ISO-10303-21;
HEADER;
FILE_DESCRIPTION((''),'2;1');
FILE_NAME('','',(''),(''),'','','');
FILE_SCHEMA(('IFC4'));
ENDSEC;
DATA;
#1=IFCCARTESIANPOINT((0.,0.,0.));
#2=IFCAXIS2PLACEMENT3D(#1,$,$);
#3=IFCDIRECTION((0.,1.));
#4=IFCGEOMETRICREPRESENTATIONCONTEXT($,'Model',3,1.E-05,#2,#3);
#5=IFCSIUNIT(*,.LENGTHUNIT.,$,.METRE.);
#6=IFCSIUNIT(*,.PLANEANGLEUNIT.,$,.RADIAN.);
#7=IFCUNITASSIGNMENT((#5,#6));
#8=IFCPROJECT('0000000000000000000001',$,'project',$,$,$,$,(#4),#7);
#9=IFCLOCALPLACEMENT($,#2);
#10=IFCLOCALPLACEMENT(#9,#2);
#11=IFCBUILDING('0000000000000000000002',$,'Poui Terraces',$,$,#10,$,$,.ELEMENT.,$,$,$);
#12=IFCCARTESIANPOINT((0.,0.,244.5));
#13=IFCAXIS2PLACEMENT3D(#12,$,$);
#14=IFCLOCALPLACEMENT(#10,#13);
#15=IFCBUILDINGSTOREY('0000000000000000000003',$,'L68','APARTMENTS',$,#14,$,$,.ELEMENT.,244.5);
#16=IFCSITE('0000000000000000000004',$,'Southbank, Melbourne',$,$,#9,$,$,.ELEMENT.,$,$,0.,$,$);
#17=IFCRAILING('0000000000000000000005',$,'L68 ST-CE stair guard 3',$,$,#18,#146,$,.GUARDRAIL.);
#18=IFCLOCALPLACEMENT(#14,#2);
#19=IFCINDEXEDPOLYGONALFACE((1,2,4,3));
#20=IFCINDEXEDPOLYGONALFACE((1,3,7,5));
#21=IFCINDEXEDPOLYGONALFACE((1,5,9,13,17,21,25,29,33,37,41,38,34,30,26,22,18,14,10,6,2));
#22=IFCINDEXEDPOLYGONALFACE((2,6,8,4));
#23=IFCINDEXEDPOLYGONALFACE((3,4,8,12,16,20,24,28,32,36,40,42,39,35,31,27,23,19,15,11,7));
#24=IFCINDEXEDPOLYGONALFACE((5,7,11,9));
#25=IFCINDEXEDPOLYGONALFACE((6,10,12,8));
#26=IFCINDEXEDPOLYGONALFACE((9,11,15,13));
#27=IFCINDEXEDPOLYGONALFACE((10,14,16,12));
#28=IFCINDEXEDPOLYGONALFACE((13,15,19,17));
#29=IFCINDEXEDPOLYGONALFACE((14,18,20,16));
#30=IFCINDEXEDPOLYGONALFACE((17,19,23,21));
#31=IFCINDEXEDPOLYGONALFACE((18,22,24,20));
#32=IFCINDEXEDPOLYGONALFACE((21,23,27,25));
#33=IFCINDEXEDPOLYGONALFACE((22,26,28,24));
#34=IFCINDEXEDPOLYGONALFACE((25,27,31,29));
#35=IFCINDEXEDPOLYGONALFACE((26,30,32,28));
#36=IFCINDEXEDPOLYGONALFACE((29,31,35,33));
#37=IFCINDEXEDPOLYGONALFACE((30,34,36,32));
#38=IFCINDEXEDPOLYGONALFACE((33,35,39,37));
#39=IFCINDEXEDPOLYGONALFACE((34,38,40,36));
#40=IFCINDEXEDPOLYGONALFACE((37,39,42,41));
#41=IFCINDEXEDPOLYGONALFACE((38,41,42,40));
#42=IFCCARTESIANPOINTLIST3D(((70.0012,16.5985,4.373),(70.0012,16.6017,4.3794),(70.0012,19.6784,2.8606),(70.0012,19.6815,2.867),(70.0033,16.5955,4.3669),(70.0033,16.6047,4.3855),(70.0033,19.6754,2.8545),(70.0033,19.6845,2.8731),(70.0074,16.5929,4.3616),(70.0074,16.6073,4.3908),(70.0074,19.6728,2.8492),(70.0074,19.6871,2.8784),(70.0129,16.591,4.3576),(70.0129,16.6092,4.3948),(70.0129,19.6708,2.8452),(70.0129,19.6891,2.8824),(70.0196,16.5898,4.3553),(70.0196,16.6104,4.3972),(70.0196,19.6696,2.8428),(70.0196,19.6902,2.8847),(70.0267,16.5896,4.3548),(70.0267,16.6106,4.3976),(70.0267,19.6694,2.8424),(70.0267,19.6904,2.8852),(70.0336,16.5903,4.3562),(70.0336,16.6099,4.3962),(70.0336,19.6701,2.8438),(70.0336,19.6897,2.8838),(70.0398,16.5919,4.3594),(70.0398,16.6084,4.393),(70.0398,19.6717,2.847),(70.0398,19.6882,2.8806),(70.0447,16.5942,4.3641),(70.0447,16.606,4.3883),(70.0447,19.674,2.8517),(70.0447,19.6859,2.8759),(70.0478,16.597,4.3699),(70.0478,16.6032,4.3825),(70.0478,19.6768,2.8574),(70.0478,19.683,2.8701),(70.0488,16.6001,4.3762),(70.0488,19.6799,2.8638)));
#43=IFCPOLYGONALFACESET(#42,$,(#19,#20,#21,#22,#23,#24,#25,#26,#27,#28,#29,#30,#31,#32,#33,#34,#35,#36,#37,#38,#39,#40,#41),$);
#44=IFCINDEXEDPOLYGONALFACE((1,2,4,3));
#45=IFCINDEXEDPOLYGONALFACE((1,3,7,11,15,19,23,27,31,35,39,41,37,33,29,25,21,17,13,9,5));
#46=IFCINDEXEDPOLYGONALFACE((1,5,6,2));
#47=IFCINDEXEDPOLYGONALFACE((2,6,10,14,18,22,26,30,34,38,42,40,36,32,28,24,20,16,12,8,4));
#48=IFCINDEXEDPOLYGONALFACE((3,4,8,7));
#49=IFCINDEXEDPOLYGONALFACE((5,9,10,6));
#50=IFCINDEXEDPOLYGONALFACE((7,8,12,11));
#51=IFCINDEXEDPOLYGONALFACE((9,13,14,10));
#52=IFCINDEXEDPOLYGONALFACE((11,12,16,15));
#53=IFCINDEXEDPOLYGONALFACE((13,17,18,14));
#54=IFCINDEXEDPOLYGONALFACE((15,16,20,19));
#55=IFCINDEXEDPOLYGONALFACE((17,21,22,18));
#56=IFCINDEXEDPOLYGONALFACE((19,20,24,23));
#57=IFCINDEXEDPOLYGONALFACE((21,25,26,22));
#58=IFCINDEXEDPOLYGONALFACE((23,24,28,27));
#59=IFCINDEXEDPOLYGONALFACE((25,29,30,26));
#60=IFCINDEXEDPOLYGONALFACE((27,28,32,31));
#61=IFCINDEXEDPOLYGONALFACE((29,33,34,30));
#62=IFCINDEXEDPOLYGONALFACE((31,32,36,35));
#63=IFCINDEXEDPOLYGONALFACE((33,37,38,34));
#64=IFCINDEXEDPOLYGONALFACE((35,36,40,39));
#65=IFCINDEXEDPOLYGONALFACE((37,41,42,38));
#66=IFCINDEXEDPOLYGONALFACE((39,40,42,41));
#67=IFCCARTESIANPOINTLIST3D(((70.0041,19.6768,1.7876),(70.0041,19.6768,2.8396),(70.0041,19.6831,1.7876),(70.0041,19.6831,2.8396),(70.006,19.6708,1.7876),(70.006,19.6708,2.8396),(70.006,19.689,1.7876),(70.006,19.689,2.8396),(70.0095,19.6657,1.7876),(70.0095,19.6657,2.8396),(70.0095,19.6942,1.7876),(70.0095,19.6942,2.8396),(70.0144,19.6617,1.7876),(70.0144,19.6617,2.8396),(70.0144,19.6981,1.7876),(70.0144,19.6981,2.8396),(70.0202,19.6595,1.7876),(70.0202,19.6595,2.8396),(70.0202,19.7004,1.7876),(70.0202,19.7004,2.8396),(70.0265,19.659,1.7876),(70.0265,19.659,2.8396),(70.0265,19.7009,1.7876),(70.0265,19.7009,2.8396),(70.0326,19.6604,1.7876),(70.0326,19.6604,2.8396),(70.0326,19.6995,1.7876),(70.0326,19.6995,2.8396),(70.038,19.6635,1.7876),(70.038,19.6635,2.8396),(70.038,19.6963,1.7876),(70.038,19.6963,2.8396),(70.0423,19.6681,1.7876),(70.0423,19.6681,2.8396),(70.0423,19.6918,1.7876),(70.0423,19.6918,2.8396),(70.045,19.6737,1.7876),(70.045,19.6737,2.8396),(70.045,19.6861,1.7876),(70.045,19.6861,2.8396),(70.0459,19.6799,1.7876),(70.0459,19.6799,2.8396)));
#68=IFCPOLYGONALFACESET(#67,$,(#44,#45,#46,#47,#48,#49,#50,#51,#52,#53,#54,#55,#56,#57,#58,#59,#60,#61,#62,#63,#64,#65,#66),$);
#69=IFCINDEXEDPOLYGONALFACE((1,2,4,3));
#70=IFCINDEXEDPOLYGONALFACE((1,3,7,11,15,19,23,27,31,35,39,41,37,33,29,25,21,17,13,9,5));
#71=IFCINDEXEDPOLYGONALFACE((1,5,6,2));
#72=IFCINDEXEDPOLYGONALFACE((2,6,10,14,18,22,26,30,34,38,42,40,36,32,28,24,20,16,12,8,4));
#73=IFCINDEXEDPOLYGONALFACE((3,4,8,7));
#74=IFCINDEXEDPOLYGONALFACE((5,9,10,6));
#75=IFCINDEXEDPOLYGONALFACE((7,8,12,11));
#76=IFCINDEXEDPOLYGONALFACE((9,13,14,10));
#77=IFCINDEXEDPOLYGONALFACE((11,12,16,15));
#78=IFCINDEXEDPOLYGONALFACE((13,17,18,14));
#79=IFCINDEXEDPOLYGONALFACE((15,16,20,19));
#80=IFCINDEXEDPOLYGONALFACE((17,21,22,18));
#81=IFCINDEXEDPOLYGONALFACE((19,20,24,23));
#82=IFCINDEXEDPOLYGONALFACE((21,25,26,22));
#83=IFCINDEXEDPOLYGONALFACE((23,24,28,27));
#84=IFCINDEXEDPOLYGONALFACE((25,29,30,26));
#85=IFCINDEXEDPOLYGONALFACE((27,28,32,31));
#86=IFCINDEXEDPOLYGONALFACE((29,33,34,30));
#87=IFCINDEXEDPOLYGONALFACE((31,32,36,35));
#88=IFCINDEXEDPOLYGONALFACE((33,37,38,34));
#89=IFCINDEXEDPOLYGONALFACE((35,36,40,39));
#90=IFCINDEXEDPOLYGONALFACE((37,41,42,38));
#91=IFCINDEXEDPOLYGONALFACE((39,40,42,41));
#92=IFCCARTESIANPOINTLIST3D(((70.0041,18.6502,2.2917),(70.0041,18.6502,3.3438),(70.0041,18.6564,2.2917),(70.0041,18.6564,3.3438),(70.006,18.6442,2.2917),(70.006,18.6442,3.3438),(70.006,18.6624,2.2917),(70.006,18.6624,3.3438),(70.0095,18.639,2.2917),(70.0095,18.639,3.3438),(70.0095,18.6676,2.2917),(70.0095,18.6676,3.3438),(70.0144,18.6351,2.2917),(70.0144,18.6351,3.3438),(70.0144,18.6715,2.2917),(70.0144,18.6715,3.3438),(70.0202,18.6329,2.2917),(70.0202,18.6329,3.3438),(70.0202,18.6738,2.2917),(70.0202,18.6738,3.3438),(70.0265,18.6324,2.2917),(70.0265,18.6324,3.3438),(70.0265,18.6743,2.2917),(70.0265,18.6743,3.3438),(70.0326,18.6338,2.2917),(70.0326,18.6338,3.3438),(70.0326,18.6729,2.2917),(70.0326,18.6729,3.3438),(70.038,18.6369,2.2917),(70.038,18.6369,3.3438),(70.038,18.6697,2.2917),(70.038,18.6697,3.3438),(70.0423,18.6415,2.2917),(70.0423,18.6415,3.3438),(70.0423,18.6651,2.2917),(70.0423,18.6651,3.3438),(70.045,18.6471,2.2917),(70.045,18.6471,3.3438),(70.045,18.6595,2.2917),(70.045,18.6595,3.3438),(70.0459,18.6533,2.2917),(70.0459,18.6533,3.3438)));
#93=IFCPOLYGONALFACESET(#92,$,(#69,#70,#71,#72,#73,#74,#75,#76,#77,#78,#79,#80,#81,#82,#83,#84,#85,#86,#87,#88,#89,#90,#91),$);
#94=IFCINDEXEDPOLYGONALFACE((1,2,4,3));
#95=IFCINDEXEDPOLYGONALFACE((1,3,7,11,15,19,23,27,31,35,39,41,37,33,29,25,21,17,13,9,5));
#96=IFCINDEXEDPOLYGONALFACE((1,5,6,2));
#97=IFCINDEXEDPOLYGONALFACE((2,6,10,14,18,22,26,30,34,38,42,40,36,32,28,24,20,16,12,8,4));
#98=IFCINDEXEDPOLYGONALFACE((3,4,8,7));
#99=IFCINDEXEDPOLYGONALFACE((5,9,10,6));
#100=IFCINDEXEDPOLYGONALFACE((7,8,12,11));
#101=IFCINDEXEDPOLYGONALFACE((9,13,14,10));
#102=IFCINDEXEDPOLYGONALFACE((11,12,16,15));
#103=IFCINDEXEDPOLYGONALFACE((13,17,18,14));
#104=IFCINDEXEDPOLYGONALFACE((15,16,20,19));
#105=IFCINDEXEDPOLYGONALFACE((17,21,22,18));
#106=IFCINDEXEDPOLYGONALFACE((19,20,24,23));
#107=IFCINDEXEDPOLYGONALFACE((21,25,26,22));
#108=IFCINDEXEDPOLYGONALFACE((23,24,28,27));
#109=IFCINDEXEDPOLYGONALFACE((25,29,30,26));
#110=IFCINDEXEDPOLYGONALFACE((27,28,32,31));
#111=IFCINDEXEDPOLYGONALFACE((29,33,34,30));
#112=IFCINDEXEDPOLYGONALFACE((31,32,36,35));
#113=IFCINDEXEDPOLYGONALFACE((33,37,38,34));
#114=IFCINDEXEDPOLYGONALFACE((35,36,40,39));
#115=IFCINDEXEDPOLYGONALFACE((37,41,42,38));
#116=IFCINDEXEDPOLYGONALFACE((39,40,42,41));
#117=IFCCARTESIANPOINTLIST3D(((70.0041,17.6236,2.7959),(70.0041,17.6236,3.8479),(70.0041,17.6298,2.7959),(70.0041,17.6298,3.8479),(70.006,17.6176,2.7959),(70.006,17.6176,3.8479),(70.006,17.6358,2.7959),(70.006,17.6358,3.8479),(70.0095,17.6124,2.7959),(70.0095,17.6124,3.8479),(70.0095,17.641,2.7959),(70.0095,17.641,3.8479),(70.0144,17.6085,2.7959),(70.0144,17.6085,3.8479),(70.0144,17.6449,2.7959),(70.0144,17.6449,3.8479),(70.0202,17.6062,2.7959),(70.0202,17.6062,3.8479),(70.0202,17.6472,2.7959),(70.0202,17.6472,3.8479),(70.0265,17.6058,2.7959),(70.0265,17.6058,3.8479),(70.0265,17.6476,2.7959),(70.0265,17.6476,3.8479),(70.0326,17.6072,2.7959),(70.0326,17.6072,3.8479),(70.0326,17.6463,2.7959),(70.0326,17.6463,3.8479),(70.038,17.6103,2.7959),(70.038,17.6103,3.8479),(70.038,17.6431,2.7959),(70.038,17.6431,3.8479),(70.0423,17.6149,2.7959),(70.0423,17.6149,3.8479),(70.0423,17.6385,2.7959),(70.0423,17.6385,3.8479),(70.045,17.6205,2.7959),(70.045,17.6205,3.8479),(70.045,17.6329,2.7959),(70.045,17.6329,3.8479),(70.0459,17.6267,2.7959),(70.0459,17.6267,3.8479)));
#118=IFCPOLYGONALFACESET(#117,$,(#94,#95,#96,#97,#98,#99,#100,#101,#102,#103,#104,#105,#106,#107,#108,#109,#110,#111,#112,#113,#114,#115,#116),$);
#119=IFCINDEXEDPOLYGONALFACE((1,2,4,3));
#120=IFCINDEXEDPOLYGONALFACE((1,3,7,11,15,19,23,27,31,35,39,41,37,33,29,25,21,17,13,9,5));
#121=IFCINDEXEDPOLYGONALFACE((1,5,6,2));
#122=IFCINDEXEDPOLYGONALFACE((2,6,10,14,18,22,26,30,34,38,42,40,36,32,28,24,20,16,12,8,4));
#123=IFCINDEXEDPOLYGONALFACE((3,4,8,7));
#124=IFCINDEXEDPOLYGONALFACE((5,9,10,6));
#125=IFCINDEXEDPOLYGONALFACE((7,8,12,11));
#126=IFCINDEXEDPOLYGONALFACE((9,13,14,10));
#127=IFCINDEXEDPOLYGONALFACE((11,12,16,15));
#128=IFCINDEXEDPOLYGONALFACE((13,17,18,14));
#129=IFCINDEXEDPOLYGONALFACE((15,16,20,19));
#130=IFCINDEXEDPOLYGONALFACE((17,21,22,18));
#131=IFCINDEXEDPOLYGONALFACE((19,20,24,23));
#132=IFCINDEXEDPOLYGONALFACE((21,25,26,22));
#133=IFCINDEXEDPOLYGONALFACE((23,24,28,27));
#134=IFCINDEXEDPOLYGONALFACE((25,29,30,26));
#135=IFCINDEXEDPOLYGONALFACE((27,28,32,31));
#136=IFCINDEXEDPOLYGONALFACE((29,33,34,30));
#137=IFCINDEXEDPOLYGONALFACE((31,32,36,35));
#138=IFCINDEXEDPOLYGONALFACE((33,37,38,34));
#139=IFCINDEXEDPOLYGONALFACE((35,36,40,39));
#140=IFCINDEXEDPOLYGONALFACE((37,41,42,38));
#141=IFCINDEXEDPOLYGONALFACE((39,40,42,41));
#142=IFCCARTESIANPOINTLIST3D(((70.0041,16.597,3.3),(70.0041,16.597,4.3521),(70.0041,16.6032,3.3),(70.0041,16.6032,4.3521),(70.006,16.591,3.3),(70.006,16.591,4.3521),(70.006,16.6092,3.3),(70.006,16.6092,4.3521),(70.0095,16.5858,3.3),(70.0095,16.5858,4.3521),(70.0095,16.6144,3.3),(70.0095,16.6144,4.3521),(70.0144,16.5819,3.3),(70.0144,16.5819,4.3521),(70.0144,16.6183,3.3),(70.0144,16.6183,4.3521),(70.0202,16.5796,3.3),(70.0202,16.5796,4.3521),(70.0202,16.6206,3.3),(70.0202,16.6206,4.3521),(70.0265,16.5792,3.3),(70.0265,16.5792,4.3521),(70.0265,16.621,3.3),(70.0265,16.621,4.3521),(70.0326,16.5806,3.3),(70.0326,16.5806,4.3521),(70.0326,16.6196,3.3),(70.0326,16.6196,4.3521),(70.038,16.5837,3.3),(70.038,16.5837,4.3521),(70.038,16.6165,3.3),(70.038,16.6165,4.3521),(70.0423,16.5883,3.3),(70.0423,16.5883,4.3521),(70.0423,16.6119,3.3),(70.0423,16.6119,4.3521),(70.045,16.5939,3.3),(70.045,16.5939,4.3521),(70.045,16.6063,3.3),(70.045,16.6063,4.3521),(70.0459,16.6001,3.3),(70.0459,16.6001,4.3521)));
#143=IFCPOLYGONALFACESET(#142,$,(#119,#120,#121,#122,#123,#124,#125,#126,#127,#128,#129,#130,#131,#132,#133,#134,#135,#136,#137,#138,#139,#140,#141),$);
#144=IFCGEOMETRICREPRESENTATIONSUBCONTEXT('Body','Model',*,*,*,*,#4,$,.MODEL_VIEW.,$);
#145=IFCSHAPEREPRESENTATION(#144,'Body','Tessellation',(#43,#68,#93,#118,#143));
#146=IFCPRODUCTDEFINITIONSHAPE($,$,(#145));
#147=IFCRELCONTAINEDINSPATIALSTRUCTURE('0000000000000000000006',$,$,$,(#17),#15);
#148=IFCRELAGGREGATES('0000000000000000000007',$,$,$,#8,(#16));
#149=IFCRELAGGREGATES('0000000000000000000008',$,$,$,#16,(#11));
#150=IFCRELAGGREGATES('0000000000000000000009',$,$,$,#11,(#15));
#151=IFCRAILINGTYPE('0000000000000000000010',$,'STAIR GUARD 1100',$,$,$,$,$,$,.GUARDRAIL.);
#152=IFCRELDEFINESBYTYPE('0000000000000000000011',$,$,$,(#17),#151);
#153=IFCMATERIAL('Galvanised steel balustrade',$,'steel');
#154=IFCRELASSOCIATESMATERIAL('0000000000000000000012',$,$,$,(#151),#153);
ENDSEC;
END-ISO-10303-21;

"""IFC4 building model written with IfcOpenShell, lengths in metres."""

from ifc_helpers import new_model, si_unit, direction, frame, origin, origin_2d, place, context, subcontext, project, spatial, circle, extrude, material, type_object, element, save


model = new_model("IFC4")

# Units and contexts
model_context = context("Model", 3, precision=1e-05, world=origin(), true_north=direction((0.0, 1.0)))
body_context = subcontext(model_context, "Body", "Model", "MODEL_VIEW")
ifc_project = project(units=[si_unit("LENGTHUNIT", "METRE"), si_unit("PLANEANGLEUNIT", "RADIAN")], contexts=[model_context])

# Site, building, storey
site_placement = place(None, origin())
site = spatial("IfcSite", under=ifc_project, at=site_placement, Name="Southbank, Melbourne", CompositionType="ELEMENT", RefElevation=0.0)
building_placement = place(site_placement, origin())
building = spatial("IfcBuilding", under=site, at=building_placement, Name="Poui Terraces", CompositionType="ELEMENT")
storey_placement = place(building_placement, frame((0.0, 0.0, 244.5)))
storey = spatial("IfcBuildingStorey", under=building, at=storey_placement, Name="L68", Description="APARTMENTS", CompositionType="ELEMENT", Elevation=244.5)

# Railing
ifc_material_1 = material(Name="Galvanised steel balustrade", Category="steel")
railing_type_1 = type_object("IfcRailingType", Name="STAIR GUARD 1100", PredefinedType="GUARDRAIL", material=ifc_material_1)
railing_1_placement = place(storey_placement, frame((70.0249, 19.6799, 1.7876)))
element("IfcRailing", 1, at=railing_1_placement, inside=storey, type_object=railing_type_1, Name="L68 ST-CE stair guard 3", PredefinedType="GUARDRAIL", context=body_context, shape_type="SweptSolid", body=[
    extrude(circle(Radius=0.0239, at=origin_2d()), frame((0.0, 0.0, 1.0762), z_axis=(0.0, -0.897606, 0.440798), x_axis=(1.0, 0.0, 0.0)), (0.0, 0.0, 1.0), 3.4312),
    extrude(circle(Radius=0.021, at=origin_2d()), origin(), (0.0, 0.0, 1.0), 1.052),
    extrude(circle(Radius=0.021, at=origin_2d()), frame((0.0, -1.0266, 0.5042)), (0.0, 0.0, 1.0), 1.052),
    extrude(circle(Radius=0.021, at=origin_2d()), frame((0.0, -2.0532, 1.0083)), (0.0, 0.0, 1.0), 1.052),
    extrude(circle(Radius=0.021, at=origin_2d()), frame((0.0, -3.0798, 1.5125)), (0.0, 0.0, 1.0), 1.052),
])

save(model, "model.ifc")
